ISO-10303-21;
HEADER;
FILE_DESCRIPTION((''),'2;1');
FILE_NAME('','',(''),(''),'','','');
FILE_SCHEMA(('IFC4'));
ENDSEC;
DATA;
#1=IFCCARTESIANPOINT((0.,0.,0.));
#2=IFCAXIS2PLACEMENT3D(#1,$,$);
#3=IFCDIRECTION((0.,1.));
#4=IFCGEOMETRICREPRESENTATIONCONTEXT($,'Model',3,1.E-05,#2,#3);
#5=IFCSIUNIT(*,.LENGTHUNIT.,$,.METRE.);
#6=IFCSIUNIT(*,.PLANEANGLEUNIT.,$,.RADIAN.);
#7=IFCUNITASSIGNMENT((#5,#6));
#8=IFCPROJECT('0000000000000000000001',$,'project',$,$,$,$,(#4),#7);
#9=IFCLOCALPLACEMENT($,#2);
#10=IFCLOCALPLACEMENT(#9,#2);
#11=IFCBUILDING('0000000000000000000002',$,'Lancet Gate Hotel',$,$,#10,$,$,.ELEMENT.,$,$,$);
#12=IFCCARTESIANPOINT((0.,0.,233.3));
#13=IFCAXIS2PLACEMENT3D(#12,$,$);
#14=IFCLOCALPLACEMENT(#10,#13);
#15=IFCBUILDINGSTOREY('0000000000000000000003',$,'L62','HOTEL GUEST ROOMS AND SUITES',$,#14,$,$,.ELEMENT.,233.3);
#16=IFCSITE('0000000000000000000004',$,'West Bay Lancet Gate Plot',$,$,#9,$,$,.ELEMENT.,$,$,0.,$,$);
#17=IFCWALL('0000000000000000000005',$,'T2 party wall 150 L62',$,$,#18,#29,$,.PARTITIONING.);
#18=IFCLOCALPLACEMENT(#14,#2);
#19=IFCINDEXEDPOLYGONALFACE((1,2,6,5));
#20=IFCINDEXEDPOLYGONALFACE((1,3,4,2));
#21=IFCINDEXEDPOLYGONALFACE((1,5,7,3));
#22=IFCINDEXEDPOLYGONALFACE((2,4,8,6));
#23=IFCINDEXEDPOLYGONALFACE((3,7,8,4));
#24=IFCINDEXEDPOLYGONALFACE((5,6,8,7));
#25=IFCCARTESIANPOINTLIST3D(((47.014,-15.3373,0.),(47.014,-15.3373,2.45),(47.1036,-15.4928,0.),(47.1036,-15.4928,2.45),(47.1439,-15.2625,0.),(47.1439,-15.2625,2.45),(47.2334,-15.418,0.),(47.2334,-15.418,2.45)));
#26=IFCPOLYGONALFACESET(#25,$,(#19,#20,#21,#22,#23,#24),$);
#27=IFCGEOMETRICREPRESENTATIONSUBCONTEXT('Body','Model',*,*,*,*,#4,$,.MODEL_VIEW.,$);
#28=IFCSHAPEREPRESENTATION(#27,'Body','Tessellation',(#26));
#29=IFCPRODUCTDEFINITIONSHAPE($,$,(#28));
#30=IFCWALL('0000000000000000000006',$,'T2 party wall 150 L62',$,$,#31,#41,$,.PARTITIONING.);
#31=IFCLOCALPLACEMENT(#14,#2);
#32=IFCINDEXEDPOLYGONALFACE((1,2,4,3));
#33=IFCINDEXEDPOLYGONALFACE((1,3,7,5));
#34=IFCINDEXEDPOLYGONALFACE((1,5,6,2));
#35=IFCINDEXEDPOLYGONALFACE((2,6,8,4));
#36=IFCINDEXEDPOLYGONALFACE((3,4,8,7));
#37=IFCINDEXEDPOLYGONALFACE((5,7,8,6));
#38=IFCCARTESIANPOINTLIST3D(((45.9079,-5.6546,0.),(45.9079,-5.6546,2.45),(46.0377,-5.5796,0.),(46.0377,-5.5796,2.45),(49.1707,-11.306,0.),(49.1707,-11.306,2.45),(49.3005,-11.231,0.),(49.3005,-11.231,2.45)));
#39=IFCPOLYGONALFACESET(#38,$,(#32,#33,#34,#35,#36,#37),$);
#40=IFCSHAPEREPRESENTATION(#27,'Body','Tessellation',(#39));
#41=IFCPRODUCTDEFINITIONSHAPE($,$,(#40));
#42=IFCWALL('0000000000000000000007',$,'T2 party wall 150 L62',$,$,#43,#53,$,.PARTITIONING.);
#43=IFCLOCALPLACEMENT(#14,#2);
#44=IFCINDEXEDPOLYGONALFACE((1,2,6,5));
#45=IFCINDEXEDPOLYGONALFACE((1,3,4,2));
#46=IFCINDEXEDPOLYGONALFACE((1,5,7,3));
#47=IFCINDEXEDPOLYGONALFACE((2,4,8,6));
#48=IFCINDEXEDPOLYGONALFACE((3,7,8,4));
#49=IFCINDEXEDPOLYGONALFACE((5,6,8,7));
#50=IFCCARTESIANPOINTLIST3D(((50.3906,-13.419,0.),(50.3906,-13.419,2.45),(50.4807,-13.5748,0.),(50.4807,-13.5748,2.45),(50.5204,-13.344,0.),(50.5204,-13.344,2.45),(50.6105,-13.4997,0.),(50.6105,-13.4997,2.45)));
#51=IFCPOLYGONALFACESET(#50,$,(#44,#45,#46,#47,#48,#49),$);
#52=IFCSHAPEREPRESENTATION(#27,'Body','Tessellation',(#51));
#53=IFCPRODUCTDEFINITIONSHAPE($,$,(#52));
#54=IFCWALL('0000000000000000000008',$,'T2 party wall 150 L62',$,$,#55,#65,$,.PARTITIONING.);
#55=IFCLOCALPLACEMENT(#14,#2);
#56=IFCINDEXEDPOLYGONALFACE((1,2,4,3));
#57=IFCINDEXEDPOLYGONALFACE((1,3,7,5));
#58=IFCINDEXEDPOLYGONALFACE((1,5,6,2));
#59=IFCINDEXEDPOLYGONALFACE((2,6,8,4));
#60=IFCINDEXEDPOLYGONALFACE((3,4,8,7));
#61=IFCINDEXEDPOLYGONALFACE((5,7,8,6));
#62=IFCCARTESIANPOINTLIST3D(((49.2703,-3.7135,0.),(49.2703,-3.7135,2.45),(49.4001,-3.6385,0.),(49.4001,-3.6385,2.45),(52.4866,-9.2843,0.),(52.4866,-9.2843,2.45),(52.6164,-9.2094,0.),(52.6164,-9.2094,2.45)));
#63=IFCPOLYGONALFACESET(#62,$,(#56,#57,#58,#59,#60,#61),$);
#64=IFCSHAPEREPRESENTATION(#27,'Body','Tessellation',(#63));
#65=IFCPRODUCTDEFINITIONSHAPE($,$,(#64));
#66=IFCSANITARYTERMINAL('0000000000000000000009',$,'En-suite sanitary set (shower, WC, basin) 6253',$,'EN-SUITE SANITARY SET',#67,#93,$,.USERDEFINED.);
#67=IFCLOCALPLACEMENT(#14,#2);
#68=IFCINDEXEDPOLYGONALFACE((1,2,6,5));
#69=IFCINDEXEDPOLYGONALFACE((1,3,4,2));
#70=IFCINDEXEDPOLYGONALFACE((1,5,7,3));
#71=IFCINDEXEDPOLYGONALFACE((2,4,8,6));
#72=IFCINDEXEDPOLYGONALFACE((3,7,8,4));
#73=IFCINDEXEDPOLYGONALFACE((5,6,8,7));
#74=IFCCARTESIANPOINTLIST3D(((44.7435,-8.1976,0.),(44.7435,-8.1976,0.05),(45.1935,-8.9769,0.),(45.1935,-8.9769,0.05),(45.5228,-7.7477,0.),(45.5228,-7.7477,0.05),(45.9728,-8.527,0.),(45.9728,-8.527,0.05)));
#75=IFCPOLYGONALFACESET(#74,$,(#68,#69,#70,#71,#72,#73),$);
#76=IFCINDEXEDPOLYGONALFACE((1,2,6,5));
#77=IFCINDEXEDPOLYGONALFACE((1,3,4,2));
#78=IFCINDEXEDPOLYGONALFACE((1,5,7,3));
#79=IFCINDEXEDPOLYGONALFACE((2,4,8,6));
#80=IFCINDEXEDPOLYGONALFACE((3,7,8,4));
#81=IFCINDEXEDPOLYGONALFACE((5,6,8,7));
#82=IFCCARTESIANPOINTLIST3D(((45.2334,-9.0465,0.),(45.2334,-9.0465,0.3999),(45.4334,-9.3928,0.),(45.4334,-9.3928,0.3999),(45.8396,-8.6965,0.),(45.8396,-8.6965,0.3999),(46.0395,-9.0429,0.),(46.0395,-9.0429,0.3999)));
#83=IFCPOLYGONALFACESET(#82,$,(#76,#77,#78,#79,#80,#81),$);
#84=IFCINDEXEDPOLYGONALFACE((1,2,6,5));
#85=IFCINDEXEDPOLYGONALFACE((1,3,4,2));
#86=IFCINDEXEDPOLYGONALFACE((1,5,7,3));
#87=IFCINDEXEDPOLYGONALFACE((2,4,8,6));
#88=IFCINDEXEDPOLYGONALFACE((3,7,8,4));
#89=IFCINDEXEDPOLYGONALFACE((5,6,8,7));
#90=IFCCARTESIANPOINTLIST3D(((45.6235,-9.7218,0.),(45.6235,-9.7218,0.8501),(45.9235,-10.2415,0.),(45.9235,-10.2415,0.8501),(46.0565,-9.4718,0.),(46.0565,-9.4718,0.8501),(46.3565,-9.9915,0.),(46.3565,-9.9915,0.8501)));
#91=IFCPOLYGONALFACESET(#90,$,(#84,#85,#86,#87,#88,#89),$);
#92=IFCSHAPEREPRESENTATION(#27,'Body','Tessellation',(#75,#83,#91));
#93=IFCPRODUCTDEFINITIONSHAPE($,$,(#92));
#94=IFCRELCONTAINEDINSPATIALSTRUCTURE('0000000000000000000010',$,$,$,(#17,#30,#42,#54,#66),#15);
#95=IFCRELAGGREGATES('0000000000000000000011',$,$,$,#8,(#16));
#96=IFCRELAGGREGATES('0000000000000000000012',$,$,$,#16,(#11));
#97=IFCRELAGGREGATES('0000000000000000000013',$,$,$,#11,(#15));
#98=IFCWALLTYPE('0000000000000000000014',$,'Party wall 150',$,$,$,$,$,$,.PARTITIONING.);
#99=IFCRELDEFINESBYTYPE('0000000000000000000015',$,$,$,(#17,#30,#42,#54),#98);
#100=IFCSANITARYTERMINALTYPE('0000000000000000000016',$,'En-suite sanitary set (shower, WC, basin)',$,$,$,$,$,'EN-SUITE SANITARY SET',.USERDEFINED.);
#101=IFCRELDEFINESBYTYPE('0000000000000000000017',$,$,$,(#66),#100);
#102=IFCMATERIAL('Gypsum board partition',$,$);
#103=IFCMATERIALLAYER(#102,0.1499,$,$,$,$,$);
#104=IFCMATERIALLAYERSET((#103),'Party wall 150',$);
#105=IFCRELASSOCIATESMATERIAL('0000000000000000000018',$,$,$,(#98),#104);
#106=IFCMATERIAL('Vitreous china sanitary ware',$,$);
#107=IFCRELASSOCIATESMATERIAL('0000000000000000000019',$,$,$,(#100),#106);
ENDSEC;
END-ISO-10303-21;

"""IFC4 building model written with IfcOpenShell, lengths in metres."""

from ifc_helpers import new_model, si_unit, direction, frame, frame_2d, origin, origin_2d, place, context, subcontext, project, spatial, rectangle, extrude, material, layer, layer_set, type_object, element, save


model = new_model("IFC4")

# Units and contexts
model_context = context("Model", 3, precision=1e-05, world=origin(), true_north=direction((0.0, 1.0)))
body_context = subcontext(model_context, "Body", "Model", "MODEL_VIEW")
ifc_project = project(units=[si_unit("LENGTHUNIT", "METRE"), si_unit("PLANEANGLEUNIT", "RADIAN")], contexts=[model_context])

# Site, building, storey
site_placement = place(None, origin())
site = spatial("IfcSite", under=ifc_project, at=site_placement, Name="West Bay Lancet Gate Plot", CompositionType="ELEMENT", RefElevation=0.0)
building_placement = place(site_placement, origin())
building = spatial("IfcBuilding", under=site, at=building_placement, Name="Lancet Gate Hotel", CompositionType="ELEMENT")
storey_placement = place(building_placement, frame((0.0, 0.0, 233.3)))
storey = spatial("IfcBuildingStorey", under=building, at=storey_placement, Name="L62", Description="HOTEL GUEST ROOMS AND SUITES", CompositionType="ELEMENT", Elevation=233.3)

# Walls
ifc_material_1 = material(Name="Gypsum board partition")
ifc_layer_1 = layer(ifc_material_1, 0.1499)
ifc_layer_set_1 = layer_set([ifc_layer_1], Name="Party wall 150")
wall_type_1 = type_object("IfcWallType", Name="Party wall 150", PredefinedType="PARTITIONING", material=ifc_layer_set_1)
wall_1_placement = place(storey_placement, frame((47.0789, -15.2998, 0.0), z_axis=(0.0, 0.0, 1.0), x_axis=(0.499212, -0.86648, 0.0)))
element("IfcWall", 1, at=wall_1_placement, inside=storey, type_object=wall_type_1, Name="T2 party wall 150 L62", PredefinedType="PARTITIONING", context=body_context, shape_type="SweptSolid", body=[
    extrude(rectangle(XDim=0.1794, YDim=0.1499, at=frame_2d((0.0898, 0.0))), origin(), (0.0, 0.0, 1.0), 2.45),
])
wall_2_placement = place(storey_placement, frame((45.9729, -5.6172, 0.0), z_axis=(0.0, 0.0, 1.0), x_axis=(0.499986, -0.866034, 0.0)))
element("IfcWall", 2, at=wall_2_placement, inside=storey, type_object=wall_type_1, Name="T2 party wall 150 L62", PredefinedType="PARTITIONING", context=body_context, shape_type="SweptSolid", body=[
    extrude(rectangle(XDim=6.5256, YDim=0.1499, at=frame_2d((3.2627, 0.0))), origin(), (0.0, 0.0, 1.0), 2.45),
])
wall_3_placement = place(storey_placement, frame((50.4556, -13.3816, 0.0), z_axis=(0.0, 0.0, 1.0), x_axis=(0.500662, -0.865643, 0.0)))
element("IfcWall", 3, at=wall_3_placement, inside=storey, type_object=wall_type_1, Name="T2 party wall 150 L62", PredefinedType="PARTITIONING", context=body_context, shape_type="SweptSolid", body=[
    extrude(rectangle(XDim=0.1799, YDim=0.1499, at=frame_2d((0.0898, 0.0))), origin(), (0.0, 0.0, 1.0), 2.45),
])
wall_4_placement = place(storey_placement, frame((49.3352, -3.676, 0.0), z_axis=(0.0, 0.0, 1.0), x_axis=(0.500001, -0.866025, 0.0)))
element("IfcWall", 4, at=wall_4_placement, inside=storey, type_object=wall_type_1, Name="T2 party wall 150 L62", PredefinedType="PARTITIONING", context=body_context, shape_type="SweptSolid", body=[
    extrude(rectangle(XDim=6.4326, YDim=0.1499, at=frame_2d((3.2163, 0.0))), origin(), (0.0, 0.0, 1.0), 2.45),
])

# Sanitary terminal
ifc_material_2 = material(Name="Vitreous china sanitary ware")
sanitary_terminal_type = type_object("IfcSanitaryTerminalType", Name="En-suite sanitary set (shower, WC, basin)", ElementType="EN-SUITE SANITARY SET", PredefinedType="USERDEFINED", material=ifc_material_2)
sanitary_terminal_placement = place(storey_placement, frame((45.3582, -8.3623, 0.0), z_axis=(0.0, 0.0, 1.0), x_axis=(1.0, 0.0, 0.0)))
element("IfcSanitaryTerminal", 5, at=sanitary_terminal_placement, inside=storey, type_object=sanitary_terminal_type, Name="En-suite sanitary set (shower, WC, basin) 6253", ObjectType="EN-SUITE SANITARY SET", PredefinedType="USERDEFINED", context=body_context, shape_type="SweptSolid", body=[
    extrude(rectangle(XDim=0.8999, YDim=0.8999, at=origin_2d()), frame((0.0, 0.0, 0.0), z_axis=(0.0, 0.0, 1.0), x_axis=(-0.5, 0.866025, 0.0)), (0.0, 0.0, 1.0), 0.05),
    extrude(rectangle(XDim=0.3999, YDim=0.7, at=origin_2d()), frame((0.2783, -0.6824, 0.0), z_axis=(0.0, 0.0, 1.0), x_axis=(-0.5, 0.866025, 0.0)), (0.0, 0.0, 1.0), 0.3999),
    extrude(rectangle(XDim=0.6001, YDim=0.5, at=origin_2d()), frame((0.6318, -1.4944, 0.0), z_axis=(0.0, 0.0, 1.0), x_axis=(-0.5, 0.866025, 0.0)), (0.0, 0.0, 1.0), 0.8501),
])

save(model, "model.ifc")
